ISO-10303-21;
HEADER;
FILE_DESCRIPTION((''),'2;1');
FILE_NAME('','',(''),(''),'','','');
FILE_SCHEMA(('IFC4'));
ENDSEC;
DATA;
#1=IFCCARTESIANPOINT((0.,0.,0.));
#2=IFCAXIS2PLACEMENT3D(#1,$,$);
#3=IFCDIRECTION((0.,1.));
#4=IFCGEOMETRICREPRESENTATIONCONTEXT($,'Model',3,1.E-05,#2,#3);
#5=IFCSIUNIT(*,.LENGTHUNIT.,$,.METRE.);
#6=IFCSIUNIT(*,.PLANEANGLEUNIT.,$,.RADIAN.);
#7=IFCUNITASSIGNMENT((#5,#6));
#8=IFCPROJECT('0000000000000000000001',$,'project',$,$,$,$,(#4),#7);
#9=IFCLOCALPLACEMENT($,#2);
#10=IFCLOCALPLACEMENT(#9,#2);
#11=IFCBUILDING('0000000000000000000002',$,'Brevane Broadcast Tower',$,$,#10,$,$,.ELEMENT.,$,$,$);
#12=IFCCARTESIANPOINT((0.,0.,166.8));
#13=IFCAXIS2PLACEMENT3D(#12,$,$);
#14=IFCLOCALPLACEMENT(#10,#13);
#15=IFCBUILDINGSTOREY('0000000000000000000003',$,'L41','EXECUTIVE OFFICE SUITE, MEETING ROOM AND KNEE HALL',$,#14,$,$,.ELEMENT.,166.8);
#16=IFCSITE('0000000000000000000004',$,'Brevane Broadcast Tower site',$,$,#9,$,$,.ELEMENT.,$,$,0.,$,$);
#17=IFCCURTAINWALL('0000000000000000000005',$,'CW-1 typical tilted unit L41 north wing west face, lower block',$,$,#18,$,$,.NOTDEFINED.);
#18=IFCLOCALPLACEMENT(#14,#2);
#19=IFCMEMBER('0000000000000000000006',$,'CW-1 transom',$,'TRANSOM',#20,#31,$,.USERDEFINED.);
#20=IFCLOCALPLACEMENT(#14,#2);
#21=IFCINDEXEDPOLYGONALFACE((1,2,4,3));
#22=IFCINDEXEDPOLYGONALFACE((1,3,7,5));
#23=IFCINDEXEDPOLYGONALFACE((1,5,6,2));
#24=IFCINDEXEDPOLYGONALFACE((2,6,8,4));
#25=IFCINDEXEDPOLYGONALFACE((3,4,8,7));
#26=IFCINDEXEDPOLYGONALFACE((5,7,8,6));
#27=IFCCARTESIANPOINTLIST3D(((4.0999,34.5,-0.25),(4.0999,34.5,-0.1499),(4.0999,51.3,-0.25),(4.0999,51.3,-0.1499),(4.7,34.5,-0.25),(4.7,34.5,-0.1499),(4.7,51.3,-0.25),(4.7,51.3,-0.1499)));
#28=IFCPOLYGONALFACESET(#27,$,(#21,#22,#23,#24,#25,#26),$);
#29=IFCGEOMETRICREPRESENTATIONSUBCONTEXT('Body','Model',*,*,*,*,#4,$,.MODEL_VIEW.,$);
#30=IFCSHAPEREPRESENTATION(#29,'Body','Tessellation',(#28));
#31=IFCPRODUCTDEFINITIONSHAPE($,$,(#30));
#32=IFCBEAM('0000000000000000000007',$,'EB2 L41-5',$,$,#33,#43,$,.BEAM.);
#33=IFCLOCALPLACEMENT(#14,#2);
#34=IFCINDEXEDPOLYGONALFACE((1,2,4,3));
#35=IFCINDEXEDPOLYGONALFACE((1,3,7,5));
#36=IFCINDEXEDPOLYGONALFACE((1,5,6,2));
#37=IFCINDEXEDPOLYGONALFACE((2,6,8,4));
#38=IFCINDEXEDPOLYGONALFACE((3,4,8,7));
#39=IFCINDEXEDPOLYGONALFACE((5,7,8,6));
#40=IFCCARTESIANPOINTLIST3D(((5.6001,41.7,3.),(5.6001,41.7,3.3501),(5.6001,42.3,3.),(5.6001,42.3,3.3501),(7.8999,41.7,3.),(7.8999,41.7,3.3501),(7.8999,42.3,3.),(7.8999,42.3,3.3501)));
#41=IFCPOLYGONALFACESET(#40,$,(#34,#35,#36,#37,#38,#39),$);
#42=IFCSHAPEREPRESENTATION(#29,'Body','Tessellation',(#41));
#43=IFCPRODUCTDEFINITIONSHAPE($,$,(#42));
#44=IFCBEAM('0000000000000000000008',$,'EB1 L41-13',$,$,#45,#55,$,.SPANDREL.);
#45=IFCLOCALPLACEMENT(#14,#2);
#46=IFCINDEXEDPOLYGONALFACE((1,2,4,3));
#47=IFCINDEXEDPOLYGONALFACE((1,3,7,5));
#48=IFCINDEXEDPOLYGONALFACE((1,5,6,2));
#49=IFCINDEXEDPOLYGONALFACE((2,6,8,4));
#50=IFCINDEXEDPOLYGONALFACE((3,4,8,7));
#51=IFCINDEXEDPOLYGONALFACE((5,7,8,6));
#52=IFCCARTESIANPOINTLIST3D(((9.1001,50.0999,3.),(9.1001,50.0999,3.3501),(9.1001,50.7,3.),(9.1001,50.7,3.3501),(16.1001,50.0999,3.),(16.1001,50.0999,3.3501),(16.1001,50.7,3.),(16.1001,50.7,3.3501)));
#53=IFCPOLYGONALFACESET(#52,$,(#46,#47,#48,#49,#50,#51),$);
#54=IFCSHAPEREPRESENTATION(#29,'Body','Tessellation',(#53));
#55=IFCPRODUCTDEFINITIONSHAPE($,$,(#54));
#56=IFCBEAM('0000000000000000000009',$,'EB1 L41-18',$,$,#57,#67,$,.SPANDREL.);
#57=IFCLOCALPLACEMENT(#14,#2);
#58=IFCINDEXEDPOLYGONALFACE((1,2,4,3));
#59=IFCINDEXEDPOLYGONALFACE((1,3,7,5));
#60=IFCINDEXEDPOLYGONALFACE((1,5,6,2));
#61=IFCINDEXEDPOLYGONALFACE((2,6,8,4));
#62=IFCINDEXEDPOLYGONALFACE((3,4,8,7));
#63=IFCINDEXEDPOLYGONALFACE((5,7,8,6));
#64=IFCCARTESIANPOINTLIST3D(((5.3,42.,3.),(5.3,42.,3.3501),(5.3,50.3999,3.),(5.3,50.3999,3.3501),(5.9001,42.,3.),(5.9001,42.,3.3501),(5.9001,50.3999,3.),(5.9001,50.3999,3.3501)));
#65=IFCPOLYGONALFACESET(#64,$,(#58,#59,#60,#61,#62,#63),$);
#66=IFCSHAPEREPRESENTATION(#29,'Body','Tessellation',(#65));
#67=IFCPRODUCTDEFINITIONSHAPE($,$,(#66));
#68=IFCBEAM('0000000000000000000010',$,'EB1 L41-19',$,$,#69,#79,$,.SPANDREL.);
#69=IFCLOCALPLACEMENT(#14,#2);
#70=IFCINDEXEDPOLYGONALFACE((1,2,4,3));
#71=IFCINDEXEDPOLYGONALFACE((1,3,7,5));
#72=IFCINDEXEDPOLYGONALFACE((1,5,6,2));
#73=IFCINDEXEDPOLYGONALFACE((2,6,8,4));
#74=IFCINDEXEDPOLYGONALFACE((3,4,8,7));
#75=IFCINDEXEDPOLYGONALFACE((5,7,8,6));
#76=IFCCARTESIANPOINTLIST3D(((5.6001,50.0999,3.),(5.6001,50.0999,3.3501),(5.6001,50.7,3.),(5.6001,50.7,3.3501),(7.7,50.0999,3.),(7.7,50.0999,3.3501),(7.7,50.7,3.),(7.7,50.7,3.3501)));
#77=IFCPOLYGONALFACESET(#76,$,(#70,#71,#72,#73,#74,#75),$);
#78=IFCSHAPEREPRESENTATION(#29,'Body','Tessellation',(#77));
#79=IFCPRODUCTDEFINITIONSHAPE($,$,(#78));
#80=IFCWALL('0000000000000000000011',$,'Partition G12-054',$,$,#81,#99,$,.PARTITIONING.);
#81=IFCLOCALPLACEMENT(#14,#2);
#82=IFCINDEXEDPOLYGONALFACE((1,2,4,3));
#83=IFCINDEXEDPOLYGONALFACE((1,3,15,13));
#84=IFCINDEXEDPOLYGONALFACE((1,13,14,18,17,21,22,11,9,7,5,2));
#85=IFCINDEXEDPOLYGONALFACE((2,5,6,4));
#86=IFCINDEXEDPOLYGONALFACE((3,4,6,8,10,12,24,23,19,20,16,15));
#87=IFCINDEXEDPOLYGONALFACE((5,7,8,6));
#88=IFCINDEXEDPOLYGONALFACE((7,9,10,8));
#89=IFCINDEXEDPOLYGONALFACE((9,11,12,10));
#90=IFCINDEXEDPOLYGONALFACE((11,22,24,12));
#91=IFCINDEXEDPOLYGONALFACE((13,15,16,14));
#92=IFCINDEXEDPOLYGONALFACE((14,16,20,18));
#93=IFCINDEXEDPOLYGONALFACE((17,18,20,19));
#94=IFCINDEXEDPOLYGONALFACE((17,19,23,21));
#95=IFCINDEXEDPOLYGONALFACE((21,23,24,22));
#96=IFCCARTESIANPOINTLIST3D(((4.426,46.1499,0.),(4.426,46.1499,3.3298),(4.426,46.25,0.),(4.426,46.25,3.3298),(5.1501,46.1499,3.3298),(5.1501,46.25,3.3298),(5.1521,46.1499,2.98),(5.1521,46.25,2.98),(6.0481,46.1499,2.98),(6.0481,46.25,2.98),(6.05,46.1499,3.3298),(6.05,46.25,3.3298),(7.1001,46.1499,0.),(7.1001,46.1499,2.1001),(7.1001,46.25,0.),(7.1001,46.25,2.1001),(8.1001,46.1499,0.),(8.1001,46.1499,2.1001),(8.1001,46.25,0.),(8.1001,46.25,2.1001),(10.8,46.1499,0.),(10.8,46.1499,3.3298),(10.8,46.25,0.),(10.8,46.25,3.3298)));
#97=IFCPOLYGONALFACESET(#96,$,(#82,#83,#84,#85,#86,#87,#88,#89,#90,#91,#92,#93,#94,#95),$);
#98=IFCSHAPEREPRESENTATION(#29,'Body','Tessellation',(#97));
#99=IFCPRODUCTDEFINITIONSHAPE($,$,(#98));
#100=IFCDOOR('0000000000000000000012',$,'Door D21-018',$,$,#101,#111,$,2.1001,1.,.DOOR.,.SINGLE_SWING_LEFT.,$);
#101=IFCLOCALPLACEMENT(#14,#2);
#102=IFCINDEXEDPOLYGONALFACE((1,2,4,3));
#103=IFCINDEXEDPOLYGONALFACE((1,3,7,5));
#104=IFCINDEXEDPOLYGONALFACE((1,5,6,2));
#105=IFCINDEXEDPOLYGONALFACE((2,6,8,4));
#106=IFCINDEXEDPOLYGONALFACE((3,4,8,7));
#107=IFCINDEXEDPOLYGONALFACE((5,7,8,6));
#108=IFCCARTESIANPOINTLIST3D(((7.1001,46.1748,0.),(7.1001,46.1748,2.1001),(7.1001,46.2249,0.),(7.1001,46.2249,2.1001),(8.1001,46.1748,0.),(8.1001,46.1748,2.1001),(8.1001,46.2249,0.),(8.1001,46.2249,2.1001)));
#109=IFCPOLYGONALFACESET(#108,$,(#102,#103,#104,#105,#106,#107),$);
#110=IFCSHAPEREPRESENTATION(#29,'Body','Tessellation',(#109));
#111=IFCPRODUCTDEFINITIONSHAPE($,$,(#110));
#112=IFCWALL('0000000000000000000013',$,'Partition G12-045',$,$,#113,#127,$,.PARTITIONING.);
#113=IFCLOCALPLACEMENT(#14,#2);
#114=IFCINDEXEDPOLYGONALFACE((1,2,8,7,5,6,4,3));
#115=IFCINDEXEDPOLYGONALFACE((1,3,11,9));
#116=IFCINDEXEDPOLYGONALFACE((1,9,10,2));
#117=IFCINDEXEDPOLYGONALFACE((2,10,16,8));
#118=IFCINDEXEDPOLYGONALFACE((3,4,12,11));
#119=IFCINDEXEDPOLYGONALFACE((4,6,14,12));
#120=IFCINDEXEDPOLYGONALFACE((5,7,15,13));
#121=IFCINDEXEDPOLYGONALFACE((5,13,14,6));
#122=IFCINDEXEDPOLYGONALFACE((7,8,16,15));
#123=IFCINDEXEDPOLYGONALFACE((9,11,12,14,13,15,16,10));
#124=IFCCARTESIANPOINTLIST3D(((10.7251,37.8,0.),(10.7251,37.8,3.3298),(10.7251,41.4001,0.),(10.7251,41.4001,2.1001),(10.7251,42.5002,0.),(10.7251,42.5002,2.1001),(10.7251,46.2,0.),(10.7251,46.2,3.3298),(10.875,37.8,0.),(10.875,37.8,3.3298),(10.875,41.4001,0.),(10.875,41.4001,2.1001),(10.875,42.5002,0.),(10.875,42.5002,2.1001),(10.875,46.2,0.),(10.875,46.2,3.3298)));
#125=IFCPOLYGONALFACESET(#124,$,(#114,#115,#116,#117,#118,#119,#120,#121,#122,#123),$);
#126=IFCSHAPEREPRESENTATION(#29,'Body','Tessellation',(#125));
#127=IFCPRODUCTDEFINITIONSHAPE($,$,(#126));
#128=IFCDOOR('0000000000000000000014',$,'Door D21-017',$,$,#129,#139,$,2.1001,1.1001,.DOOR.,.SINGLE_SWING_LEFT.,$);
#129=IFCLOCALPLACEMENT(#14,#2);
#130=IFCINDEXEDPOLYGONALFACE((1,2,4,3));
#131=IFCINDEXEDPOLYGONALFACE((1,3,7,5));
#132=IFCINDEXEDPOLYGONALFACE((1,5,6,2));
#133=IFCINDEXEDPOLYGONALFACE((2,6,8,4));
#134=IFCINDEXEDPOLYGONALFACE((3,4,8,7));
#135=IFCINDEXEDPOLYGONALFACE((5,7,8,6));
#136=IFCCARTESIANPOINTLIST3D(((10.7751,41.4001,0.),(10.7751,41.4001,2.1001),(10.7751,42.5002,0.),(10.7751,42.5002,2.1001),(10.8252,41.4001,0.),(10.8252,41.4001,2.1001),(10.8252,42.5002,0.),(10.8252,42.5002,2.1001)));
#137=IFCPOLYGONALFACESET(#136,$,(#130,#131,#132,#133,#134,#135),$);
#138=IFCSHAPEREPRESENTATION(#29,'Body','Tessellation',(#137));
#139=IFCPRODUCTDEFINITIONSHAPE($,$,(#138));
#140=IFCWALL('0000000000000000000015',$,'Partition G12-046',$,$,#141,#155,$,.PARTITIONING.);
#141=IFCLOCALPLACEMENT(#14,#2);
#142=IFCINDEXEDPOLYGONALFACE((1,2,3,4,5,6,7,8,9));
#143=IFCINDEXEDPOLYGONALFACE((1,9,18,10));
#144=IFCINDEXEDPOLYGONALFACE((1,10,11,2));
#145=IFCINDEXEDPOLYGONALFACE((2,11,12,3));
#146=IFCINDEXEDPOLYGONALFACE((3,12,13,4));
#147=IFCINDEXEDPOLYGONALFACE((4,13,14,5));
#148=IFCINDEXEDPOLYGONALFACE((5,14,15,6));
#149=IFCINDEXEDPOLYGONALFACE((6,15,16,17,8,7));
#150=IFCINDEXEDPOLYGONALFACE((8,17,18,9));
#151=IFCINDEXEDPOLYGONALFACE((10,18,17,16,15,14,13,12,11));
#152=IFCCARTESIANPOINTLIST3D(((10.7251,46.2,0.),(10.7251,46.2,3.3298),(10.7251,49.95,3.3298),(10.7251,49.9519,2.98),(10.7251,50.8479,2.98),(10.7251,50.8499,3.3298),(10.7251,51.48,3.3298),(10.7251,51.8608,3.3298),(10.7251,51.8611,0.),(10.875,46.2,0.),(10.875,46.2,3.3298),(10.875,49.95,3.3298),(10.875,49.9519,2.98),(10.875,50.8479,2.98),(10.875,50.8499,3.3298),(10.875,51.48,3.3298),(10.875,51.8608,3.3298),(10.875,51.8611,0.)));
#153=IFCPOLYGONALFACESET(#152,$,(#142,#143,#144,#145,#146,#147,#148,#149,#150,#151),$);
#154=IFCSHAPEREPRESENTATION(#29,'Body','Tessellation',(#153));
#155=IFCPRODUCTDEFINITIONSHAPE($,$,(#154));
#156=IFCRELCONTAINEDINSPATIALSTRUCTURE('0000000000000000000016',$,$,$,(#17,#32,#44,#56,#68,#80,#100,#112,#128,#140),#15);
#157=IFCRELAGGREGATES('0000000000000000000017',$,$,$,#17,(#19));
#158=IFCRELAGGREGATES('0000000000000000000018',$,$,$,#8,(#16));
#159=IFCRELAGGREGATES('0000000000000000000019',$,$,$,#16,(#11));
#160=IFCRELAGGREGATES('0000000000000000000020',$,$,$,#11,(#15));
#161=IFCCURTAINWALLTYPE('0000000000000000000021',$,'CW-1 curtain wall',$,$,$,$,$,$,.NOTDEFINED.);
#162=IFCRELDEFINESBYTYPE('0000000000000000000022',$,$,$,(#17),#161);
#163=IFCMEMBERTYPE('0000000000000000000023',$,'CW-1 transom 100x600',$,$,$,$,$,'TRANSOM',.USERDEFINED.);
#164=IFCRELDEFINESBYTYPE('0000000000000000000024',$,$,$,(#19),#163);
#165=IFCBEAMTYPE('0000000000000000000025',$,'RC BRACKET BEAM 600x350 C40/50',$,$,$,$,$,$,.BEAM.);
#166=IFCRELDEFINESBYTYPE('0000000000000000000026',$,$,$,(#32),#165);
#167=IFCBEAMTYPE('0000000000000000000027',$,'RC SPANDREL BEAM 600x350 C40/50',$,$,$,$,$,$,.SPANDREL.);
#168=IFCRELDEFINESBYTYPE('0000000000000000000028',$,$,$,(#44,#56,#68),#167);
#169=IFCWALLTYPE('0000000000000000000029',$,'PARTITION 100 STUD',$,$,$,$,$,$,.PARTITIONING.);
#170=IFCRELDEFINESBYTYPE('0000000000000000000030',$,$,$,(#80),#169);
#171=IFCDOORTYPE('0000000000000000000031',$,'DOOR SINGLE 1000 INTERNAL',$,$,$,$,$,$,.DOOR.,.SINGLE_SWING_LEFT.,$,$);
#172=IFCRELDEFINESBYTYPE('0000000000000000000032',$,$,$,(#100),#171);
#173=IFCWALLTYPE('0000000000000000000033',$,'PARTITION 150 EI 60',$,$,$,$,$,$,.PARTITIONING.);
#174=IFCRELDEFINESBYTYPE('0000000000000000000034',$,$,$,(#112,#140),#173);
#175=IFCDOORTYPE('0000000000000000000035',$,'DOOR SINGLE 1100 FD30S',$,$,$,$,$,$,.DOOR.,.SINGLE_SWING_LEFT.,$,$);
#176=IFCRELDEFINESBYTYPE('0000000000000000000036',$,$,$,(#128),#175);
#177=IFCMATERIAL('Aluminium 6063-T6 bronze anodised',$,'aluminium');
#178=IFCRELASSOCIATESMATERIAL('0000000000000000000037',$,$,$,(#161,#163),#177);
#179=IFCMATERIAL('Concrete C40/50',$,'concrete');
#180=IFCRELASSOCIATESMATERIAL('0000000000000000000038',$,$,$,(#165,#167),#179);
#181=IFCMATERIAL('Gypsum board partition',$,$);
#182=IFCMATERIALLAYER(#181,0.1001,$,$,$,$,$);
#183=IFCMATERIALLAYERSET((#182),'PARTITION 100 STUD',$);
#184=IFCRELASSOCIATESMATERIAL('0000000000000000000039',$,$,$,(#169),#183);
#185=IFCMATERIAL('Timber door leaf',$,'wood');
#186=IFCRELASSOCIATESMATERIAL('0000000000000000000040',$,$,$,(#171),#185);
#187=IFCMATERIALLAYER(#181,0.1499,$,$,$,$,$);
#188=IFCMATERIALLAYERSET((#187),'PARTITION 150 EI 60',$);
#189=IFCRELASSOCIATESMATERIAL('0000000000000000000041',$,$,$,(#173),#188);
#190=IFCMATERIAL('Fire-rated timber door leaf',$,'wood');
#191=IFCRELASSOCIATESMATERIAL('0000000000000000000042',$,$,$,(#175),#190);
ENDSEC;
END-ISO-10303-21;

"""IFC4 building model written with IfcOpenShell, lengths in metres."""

from ifc_helpers import new_model, si_unit, direction, frame, frame_2d, origin, origin_2d, place, context, subcontext, project, spatial, polyline, rectangle, outline, extrude, material, layer, layer_set, material_profile, profile_set, type_object, element, fill, aggregate, save


model = new_model("IFC4")

# Units and contexts
model_context = context("Model", 3, precision=1e-05, world=origin(), true_north=direction((0.0, 1.0)))
body_context = subcontext(model_context, "Body", "Model", "MODEL_VIEW")
ifc_project = project(units=[si_unit("LENGTHUNIT", "METRE"), si_unit("PLANEANGLEUNIT", "RADIAN")], contexts=[model_context])

# Site, building, storey
site_placement = place(None, origin())
site = spatial("IfcSite", under=ifc_project, at=site_placement, Name="Brevane Broadcast Tower site", CompositionType="ELEMENT", RefElevation=0.0)
building_placement = place(site_placement, origin())
building = spatial("IfcBuilding", under=site, at=building_placement, Name="Brevane Broadcast Tower", CompositionType="ELEMENT")
storey_placement = place(building_placement, frame((0.0, 0.0, 166.8)))
storey = spatial("IfcBuildingStorey", under=building, at=storey_placement, Name="L41", Description="EXECUTIVE OFFICE SUITE, MEETING ROOM AND KNEE HALL", CompositionType="ELEMENT", Elevation=166.8)

# Curtain wall
ifc_material_1 = material(Name="Aluminium 6063-T6 bronze anodised", Category="aluminium")
curtain_wall_type = type_object("IfcCurtainWallType", Name="CW-1 curtain wall", PredefinedType="NOTDEFINED", material=ifc_material_1)
curtain_wall_1_placement = place(storey_placement, origin())
curtain_wall_1 = element("IfcCurtainWall", 1, at=curtain_wall_1_placement, inside=storey, type_object=curtain_wall_type, Name="CW-1 typical tilted unit L41 north wing west face, lower block", PredefinedType="NOTDEFINED")

# Member
ifc_material_profile_1 = material_profile(ifc_material_1, rectangle(XDim=0.6001, YDim=0.1001, at=origin_2d()), Name="RECT 100x600")
ifc_profile_set_1 = profile_set([ifc_material_profile_1], Name="Aluminium 6063-T6 bronze anodised")
member_type_1 = type_object("IfcMemberType", Name="CW-1 transom 100x600", ElementType="TRANSOM", PredefinedType="USERDEFINED", material=ifc_profile_set_1)
member_1_placement = place(storey_placement, frame((4.3999, 51.3, -0.2), z_axis=(0.0, -1.0, 0.0), x_axis=(1.0, 0.0, 0.0)))
member_1 = element("IfcMember", 2, at=member_1_placement, type_object=member_type_1, Name="CW-1 transom", ObjectType="TRANSOM", PredefinedType="USERDEFINED", context=body_context, shape_type="SweptSolid", body=[
    extrude(rectangle(XDim=0.6001, YDim=0.1001, at=origin_2d()), origin(), (0.0, 0.0, 1.0), 16.8),
])
aggregate(curtain_wall_1, [member_1])

# Beams
ifc_material_2 = material(Name="Concrete C40/50", Category="concrete")
ifc_material_profile_2 = material_profile(ifc_material_2, rectangle(XDim=0.6001, YDim=0.3501, at=origin_2d()), Name="RC 600x350")
ifc_profile_set_2 = profile_set([ifc_material_profile_2], Name="Concrete C40/50")
beam_type_1 = type_object("IfcBeamType", Name="RC BRACKET BEAM 600x350 C40/50", PredefinedType="BEAM", material=ifc_profile_set_2)
beam_1_placement = place(storey_placement, frame((7.8999, 42.0, 3.175), z_axis=(-1.0, 0.0, 0.0), x_axis=(0.0, -1.0, 0.0)))
element("IfcBeam", 3, at=beam_1_placement, inside=storey, type_object=beam_type_1, Name="EB2 L41-5", PredefinedType="BEAM", context=body_context, shape_type="SweptSolid", body=[
    extrude(rectangle(XDim=0.6001, YDim=0.3501, at=origin_2d()), origin(), (0.0, 0.0, 1.0), 2.2998),
])
ifc_material_profile_3 = material_profile(ifc_material_2, rectangle(XDim=0.6001, YDim=0.3501, at=origin_2d()), Name="RC 600x350")
ifc_profile_set_3 = profile_set([ifc_material_profile_3], Name="Concrete C40/50")
beam_type_2 = type_object("IfcBeamType", Name="RC SPANDREL BEAM 600x350 C40/50", PredefinedType="SPANDREL", material=ifc_profile_set_3)
beam_2_placement = place(storey_placement, frame((16.1001, 50.3999, 3.175), z_axis=(-1.0, 0.0, 0.0), x_axis=(0.0, -1.0, 0.0)))
element("IfcBeam", 4, at=beam_2_placement, inside=storey, type_object=beam_type_2, Name="EB1 L41-13", PredefinedType="SPANDREL", context=body_context, shape_type="SweptSolid", body=[
    extrude(rectangle(XDim=0.6001, YDim=0.3501, at=origin_2d()), origin(), (0.0, 0.0, 1.0), 7.0),
])
beam_3_placement = place(storey_placement, frame((5.6001, 42.0, 3.175), z_axis=(0.0, 1.0, 0.0), x_axis=(-1.0, 0.0, 0.0)))
element("IfcBeam", 5, at=beam_3_placement, inside=storey, type_object=beam_type_2, Name="EB1 L41-18", PredefinedType="SPANDREL", context=body_context, shape_type="SweptSolid", body=[
    extrude(rectangle(XDim=0.6001, YDim=0.3501, at=origin_2d()), origin(), (0.0, 0.0, 1.0), 8.3999),
])
beam_4_placement = place(storey_placement, frame((5.6001, 50.3999, 3.175), z_axis=(1.0, 0.0, 0.0), x_axis=(0.0, 1.0, 0.0)))
element("IfcBeam", 6, at=beam_4_placement, inside=storey, type_object=beam_type_2, Name="EB1 L41-19", PredefinedType="SPANDREL", context=body_context, shape_type="SweptSolid", body=[
    extrude(rectangle(XDim=0.6001, YDim=0.3501, at=origin_2d()), origin(), (0.0, 0.0, 1.0), 2.0999),
])

# Walls, openings, doors
ifc_material_3 = material(Name="Gypsum board partition")
ifc_layer_1 = layer(ifc_material_3, 0.1001)
ifc_layer_set_1 = layer_set([ifc_layer_1], Name="PARTITION 100 STUD")
wall_type_1 = type_object("IfcWallType", Name="PARTITION 100 STUD", PredefinedType="PARTITIONING", material=ifc_layer_set_1)
wall_1_placement = place(storey_placement, frame((4.426, 46.2, 0.0), z_axis=(0.0, 0.0, 1.0), x_axis=(1.0, 0.0, 0.0)))
wall_1 = element("IfcWall", 7, at=wall_1_placement, inside=storey, type_object=wall_type_1, Name="Partition G12-054", PredefinedType="PARTITIONING", context=body_context, shape_type="SweptSolid", body=[
    extrude(outline(polyline([(0.0, 0.0), (6.374, 0.0), (6.374, 3.3298), (1.624, 3.3298), (1.6221, 2.98), (0.7261, 2.98), (0.7241, 3.3298), (0.074, 3.3298), (0.0, 3.3298), (0.0, 0.0)])), frame((0.0, 0.05, 0.0), z_axis=(0.0, -1.0, 0.0), x_axis=(1.0, 0.0, 0.0)), (0.0, 0.0, 1.0), 0.1001),
])
opening_1_placement = place(wall_1_placement, frame((2.6741, 0.0, 0.0)))
opening_1 = element("IfcOpeningElement", 8, at=opening_1_placement, cuts=wall_1, PredefinedType="OPENING", context=body_context, shape_type="SweptSolid", body=[
    extrude(rectangle(XDim=1.0, YDim=2.1001, at=frame_2d((0.5, 1.05))), frame((0.0, 0.0601, 0.0), z_axis=(0.0, -1.0, 0.0), x_axis=(1.0, 0.0, 0.0)), (0.0, 0.0, 1.0), 0.1201),
])
ifc_material_4 = material(Name="Timber door leaf", Category="wood")
door_type_1 = type_object("IfcDoorType", Name="DOOR SINGLE 1000 INTERNAL", OperationType="SINGLE_SWING_LEFT", PredefinedType="DOOR", material=ifc_material_4)
door_1_placement = place(opening_1_placement, origin())
door_1 = element("IfcDoor", 9, at=door_1_placement, inside=storey, type_object=door_type_1, Name="Door D21-018", OperationType="SINGLE_SWING_LEFT", OverallHeight=2.1001, OverallWidth=1.0, PredefinedType="DOOR", context=body_context, shape_type="SweptSolid", body=[
    extrude(rectangle(XDim=1.0, YDim=2.1001, at=frame_2d((0.5, 1.05))), frame((0.0, 0.0249, 0.0), z_axis=(0.0, -1.0, 0.0), x_axis=(1.0, 0.0, 0.0)), (0.0, 0.0, 1.0), 0.05),
])
fill(opening_1, door_1)
ifc_layer_2 = layer(ifc_material_3, 0.1499)
ifc_layer_set_2 = layer_set([ifc_layer_2], Name="PARTITION 150 EI 60")
wall_type_2 = type_object("IfcWallType", Name="PARTITION 150 EI 60", PredefinedType="PARTITIONING", material=ifc_layer_set_2)
wall_2_placement = place(storey_placement, frame((10.8, 37.8, 0.0), z_axis=(0.0, 0.0, 1.0), x_axis=(0.0, 1.0, 0.0)))
wall_2 = element("IfcWall", 10, at=wall_2_placement, inside=storey, type_object=wall_type_2, Name="Partition G12-045", PredefinedType="PARTITIONING", context=body_context, shape_type="SweptSolid", body=[
    extrude(rectangle(XDim=8.3999, YDim=0.1499, at=frame_2d((4.2, 0.0))), origin(), (0.0, 0.0, 1.0), 3.3298),
])
opening_2_placement = place(wall_2_placement, frame((3.6001, 0.0, 0.0)))
opening_2 = element("IfcOpeningElement", 11, at=opening_2_placement, cuts=wall_2, PredefinedType="OPENING", context=body_context, shape_type="SweptSolid", body=[
    extrude(rectangle(XDim=1.1001, YDim=2.1001, at=frame_2d((0.55, 1.05))), frame((0.0, 0.085, 0.0), z_axis=(0.0, -1.0, 0.0), x_axis=(1.0, 0.0, 0.0)), (0.0, 0.0, 1.0), 0.1699),
])
ifc_material_5 = material(Name="Fire-rated timber door leaf", Category="wood")
door_type_2 = type_object("IfcDoorType", Name="DOOR SINGLE 1100 FD30S", OperationType="SINGLE_SWING_LEFT", PredefinedType="DOOR", material=ifc_material_5)
door_2_placement = place(opening_2_placement, origin())
door_2 = element("IfcDoor", 12, at=door_2_placement, inside=storey, type_object=door_type_2, Name="Door D21-017", OperationType="SINGLE_SWING_LEFT", OverallHeight=2.1001, OverallWidth=1.1001, PredefinedType="DOOR", context=body_context, shape_type="SweptSolid", body=[
    extrude(rectangle(XDim=1.1001, YDim=2.1001, at=frame_2d((0.55, 1.05))), frame((0.0, 0.0249, 0.0), z_axis=(0.0, -1.0, 0.0), x_axis=(1.0, 0.0, 0.0)), (0.0, 0.0, 1.0), 0.05),
])
fill(opening_2, door_2)

# Wall
wall_3_placement = place(storey_placement, frame((10.8, 46.2, 0.0), z_axis=(0.0, 0.0, 1.0), x_axis=(0.0, 1.0, 0.0)))
element("IfcWall", 13, at=wall_3_placement, inside=storey, type_object=wall_type_2, Name="Partition G12-046", PredefinedType="PARTITIONING", context=body_context, shape_type="SweptSolid", body=[
    extrude(outline(polyline([(0.0, 0.0), (5.6611, 0.0), (5.6609, 3.3298), (5.28, 3.3298), (4.6499, 3.3298), (4.6479, 2.98), (3.752, 2.98), (3.75, 3.3298), (0.0, 3.3298), (0.0, 0.0)])), frame((0.0, 0.075, 0.0), z_axis=(0.0, -1.0, 0.0), x_axis=(1.0, 0.0, 0.0)), (0.0, 0.0, 1.0), 0.1499),
])

save(model, "model.ifc")
